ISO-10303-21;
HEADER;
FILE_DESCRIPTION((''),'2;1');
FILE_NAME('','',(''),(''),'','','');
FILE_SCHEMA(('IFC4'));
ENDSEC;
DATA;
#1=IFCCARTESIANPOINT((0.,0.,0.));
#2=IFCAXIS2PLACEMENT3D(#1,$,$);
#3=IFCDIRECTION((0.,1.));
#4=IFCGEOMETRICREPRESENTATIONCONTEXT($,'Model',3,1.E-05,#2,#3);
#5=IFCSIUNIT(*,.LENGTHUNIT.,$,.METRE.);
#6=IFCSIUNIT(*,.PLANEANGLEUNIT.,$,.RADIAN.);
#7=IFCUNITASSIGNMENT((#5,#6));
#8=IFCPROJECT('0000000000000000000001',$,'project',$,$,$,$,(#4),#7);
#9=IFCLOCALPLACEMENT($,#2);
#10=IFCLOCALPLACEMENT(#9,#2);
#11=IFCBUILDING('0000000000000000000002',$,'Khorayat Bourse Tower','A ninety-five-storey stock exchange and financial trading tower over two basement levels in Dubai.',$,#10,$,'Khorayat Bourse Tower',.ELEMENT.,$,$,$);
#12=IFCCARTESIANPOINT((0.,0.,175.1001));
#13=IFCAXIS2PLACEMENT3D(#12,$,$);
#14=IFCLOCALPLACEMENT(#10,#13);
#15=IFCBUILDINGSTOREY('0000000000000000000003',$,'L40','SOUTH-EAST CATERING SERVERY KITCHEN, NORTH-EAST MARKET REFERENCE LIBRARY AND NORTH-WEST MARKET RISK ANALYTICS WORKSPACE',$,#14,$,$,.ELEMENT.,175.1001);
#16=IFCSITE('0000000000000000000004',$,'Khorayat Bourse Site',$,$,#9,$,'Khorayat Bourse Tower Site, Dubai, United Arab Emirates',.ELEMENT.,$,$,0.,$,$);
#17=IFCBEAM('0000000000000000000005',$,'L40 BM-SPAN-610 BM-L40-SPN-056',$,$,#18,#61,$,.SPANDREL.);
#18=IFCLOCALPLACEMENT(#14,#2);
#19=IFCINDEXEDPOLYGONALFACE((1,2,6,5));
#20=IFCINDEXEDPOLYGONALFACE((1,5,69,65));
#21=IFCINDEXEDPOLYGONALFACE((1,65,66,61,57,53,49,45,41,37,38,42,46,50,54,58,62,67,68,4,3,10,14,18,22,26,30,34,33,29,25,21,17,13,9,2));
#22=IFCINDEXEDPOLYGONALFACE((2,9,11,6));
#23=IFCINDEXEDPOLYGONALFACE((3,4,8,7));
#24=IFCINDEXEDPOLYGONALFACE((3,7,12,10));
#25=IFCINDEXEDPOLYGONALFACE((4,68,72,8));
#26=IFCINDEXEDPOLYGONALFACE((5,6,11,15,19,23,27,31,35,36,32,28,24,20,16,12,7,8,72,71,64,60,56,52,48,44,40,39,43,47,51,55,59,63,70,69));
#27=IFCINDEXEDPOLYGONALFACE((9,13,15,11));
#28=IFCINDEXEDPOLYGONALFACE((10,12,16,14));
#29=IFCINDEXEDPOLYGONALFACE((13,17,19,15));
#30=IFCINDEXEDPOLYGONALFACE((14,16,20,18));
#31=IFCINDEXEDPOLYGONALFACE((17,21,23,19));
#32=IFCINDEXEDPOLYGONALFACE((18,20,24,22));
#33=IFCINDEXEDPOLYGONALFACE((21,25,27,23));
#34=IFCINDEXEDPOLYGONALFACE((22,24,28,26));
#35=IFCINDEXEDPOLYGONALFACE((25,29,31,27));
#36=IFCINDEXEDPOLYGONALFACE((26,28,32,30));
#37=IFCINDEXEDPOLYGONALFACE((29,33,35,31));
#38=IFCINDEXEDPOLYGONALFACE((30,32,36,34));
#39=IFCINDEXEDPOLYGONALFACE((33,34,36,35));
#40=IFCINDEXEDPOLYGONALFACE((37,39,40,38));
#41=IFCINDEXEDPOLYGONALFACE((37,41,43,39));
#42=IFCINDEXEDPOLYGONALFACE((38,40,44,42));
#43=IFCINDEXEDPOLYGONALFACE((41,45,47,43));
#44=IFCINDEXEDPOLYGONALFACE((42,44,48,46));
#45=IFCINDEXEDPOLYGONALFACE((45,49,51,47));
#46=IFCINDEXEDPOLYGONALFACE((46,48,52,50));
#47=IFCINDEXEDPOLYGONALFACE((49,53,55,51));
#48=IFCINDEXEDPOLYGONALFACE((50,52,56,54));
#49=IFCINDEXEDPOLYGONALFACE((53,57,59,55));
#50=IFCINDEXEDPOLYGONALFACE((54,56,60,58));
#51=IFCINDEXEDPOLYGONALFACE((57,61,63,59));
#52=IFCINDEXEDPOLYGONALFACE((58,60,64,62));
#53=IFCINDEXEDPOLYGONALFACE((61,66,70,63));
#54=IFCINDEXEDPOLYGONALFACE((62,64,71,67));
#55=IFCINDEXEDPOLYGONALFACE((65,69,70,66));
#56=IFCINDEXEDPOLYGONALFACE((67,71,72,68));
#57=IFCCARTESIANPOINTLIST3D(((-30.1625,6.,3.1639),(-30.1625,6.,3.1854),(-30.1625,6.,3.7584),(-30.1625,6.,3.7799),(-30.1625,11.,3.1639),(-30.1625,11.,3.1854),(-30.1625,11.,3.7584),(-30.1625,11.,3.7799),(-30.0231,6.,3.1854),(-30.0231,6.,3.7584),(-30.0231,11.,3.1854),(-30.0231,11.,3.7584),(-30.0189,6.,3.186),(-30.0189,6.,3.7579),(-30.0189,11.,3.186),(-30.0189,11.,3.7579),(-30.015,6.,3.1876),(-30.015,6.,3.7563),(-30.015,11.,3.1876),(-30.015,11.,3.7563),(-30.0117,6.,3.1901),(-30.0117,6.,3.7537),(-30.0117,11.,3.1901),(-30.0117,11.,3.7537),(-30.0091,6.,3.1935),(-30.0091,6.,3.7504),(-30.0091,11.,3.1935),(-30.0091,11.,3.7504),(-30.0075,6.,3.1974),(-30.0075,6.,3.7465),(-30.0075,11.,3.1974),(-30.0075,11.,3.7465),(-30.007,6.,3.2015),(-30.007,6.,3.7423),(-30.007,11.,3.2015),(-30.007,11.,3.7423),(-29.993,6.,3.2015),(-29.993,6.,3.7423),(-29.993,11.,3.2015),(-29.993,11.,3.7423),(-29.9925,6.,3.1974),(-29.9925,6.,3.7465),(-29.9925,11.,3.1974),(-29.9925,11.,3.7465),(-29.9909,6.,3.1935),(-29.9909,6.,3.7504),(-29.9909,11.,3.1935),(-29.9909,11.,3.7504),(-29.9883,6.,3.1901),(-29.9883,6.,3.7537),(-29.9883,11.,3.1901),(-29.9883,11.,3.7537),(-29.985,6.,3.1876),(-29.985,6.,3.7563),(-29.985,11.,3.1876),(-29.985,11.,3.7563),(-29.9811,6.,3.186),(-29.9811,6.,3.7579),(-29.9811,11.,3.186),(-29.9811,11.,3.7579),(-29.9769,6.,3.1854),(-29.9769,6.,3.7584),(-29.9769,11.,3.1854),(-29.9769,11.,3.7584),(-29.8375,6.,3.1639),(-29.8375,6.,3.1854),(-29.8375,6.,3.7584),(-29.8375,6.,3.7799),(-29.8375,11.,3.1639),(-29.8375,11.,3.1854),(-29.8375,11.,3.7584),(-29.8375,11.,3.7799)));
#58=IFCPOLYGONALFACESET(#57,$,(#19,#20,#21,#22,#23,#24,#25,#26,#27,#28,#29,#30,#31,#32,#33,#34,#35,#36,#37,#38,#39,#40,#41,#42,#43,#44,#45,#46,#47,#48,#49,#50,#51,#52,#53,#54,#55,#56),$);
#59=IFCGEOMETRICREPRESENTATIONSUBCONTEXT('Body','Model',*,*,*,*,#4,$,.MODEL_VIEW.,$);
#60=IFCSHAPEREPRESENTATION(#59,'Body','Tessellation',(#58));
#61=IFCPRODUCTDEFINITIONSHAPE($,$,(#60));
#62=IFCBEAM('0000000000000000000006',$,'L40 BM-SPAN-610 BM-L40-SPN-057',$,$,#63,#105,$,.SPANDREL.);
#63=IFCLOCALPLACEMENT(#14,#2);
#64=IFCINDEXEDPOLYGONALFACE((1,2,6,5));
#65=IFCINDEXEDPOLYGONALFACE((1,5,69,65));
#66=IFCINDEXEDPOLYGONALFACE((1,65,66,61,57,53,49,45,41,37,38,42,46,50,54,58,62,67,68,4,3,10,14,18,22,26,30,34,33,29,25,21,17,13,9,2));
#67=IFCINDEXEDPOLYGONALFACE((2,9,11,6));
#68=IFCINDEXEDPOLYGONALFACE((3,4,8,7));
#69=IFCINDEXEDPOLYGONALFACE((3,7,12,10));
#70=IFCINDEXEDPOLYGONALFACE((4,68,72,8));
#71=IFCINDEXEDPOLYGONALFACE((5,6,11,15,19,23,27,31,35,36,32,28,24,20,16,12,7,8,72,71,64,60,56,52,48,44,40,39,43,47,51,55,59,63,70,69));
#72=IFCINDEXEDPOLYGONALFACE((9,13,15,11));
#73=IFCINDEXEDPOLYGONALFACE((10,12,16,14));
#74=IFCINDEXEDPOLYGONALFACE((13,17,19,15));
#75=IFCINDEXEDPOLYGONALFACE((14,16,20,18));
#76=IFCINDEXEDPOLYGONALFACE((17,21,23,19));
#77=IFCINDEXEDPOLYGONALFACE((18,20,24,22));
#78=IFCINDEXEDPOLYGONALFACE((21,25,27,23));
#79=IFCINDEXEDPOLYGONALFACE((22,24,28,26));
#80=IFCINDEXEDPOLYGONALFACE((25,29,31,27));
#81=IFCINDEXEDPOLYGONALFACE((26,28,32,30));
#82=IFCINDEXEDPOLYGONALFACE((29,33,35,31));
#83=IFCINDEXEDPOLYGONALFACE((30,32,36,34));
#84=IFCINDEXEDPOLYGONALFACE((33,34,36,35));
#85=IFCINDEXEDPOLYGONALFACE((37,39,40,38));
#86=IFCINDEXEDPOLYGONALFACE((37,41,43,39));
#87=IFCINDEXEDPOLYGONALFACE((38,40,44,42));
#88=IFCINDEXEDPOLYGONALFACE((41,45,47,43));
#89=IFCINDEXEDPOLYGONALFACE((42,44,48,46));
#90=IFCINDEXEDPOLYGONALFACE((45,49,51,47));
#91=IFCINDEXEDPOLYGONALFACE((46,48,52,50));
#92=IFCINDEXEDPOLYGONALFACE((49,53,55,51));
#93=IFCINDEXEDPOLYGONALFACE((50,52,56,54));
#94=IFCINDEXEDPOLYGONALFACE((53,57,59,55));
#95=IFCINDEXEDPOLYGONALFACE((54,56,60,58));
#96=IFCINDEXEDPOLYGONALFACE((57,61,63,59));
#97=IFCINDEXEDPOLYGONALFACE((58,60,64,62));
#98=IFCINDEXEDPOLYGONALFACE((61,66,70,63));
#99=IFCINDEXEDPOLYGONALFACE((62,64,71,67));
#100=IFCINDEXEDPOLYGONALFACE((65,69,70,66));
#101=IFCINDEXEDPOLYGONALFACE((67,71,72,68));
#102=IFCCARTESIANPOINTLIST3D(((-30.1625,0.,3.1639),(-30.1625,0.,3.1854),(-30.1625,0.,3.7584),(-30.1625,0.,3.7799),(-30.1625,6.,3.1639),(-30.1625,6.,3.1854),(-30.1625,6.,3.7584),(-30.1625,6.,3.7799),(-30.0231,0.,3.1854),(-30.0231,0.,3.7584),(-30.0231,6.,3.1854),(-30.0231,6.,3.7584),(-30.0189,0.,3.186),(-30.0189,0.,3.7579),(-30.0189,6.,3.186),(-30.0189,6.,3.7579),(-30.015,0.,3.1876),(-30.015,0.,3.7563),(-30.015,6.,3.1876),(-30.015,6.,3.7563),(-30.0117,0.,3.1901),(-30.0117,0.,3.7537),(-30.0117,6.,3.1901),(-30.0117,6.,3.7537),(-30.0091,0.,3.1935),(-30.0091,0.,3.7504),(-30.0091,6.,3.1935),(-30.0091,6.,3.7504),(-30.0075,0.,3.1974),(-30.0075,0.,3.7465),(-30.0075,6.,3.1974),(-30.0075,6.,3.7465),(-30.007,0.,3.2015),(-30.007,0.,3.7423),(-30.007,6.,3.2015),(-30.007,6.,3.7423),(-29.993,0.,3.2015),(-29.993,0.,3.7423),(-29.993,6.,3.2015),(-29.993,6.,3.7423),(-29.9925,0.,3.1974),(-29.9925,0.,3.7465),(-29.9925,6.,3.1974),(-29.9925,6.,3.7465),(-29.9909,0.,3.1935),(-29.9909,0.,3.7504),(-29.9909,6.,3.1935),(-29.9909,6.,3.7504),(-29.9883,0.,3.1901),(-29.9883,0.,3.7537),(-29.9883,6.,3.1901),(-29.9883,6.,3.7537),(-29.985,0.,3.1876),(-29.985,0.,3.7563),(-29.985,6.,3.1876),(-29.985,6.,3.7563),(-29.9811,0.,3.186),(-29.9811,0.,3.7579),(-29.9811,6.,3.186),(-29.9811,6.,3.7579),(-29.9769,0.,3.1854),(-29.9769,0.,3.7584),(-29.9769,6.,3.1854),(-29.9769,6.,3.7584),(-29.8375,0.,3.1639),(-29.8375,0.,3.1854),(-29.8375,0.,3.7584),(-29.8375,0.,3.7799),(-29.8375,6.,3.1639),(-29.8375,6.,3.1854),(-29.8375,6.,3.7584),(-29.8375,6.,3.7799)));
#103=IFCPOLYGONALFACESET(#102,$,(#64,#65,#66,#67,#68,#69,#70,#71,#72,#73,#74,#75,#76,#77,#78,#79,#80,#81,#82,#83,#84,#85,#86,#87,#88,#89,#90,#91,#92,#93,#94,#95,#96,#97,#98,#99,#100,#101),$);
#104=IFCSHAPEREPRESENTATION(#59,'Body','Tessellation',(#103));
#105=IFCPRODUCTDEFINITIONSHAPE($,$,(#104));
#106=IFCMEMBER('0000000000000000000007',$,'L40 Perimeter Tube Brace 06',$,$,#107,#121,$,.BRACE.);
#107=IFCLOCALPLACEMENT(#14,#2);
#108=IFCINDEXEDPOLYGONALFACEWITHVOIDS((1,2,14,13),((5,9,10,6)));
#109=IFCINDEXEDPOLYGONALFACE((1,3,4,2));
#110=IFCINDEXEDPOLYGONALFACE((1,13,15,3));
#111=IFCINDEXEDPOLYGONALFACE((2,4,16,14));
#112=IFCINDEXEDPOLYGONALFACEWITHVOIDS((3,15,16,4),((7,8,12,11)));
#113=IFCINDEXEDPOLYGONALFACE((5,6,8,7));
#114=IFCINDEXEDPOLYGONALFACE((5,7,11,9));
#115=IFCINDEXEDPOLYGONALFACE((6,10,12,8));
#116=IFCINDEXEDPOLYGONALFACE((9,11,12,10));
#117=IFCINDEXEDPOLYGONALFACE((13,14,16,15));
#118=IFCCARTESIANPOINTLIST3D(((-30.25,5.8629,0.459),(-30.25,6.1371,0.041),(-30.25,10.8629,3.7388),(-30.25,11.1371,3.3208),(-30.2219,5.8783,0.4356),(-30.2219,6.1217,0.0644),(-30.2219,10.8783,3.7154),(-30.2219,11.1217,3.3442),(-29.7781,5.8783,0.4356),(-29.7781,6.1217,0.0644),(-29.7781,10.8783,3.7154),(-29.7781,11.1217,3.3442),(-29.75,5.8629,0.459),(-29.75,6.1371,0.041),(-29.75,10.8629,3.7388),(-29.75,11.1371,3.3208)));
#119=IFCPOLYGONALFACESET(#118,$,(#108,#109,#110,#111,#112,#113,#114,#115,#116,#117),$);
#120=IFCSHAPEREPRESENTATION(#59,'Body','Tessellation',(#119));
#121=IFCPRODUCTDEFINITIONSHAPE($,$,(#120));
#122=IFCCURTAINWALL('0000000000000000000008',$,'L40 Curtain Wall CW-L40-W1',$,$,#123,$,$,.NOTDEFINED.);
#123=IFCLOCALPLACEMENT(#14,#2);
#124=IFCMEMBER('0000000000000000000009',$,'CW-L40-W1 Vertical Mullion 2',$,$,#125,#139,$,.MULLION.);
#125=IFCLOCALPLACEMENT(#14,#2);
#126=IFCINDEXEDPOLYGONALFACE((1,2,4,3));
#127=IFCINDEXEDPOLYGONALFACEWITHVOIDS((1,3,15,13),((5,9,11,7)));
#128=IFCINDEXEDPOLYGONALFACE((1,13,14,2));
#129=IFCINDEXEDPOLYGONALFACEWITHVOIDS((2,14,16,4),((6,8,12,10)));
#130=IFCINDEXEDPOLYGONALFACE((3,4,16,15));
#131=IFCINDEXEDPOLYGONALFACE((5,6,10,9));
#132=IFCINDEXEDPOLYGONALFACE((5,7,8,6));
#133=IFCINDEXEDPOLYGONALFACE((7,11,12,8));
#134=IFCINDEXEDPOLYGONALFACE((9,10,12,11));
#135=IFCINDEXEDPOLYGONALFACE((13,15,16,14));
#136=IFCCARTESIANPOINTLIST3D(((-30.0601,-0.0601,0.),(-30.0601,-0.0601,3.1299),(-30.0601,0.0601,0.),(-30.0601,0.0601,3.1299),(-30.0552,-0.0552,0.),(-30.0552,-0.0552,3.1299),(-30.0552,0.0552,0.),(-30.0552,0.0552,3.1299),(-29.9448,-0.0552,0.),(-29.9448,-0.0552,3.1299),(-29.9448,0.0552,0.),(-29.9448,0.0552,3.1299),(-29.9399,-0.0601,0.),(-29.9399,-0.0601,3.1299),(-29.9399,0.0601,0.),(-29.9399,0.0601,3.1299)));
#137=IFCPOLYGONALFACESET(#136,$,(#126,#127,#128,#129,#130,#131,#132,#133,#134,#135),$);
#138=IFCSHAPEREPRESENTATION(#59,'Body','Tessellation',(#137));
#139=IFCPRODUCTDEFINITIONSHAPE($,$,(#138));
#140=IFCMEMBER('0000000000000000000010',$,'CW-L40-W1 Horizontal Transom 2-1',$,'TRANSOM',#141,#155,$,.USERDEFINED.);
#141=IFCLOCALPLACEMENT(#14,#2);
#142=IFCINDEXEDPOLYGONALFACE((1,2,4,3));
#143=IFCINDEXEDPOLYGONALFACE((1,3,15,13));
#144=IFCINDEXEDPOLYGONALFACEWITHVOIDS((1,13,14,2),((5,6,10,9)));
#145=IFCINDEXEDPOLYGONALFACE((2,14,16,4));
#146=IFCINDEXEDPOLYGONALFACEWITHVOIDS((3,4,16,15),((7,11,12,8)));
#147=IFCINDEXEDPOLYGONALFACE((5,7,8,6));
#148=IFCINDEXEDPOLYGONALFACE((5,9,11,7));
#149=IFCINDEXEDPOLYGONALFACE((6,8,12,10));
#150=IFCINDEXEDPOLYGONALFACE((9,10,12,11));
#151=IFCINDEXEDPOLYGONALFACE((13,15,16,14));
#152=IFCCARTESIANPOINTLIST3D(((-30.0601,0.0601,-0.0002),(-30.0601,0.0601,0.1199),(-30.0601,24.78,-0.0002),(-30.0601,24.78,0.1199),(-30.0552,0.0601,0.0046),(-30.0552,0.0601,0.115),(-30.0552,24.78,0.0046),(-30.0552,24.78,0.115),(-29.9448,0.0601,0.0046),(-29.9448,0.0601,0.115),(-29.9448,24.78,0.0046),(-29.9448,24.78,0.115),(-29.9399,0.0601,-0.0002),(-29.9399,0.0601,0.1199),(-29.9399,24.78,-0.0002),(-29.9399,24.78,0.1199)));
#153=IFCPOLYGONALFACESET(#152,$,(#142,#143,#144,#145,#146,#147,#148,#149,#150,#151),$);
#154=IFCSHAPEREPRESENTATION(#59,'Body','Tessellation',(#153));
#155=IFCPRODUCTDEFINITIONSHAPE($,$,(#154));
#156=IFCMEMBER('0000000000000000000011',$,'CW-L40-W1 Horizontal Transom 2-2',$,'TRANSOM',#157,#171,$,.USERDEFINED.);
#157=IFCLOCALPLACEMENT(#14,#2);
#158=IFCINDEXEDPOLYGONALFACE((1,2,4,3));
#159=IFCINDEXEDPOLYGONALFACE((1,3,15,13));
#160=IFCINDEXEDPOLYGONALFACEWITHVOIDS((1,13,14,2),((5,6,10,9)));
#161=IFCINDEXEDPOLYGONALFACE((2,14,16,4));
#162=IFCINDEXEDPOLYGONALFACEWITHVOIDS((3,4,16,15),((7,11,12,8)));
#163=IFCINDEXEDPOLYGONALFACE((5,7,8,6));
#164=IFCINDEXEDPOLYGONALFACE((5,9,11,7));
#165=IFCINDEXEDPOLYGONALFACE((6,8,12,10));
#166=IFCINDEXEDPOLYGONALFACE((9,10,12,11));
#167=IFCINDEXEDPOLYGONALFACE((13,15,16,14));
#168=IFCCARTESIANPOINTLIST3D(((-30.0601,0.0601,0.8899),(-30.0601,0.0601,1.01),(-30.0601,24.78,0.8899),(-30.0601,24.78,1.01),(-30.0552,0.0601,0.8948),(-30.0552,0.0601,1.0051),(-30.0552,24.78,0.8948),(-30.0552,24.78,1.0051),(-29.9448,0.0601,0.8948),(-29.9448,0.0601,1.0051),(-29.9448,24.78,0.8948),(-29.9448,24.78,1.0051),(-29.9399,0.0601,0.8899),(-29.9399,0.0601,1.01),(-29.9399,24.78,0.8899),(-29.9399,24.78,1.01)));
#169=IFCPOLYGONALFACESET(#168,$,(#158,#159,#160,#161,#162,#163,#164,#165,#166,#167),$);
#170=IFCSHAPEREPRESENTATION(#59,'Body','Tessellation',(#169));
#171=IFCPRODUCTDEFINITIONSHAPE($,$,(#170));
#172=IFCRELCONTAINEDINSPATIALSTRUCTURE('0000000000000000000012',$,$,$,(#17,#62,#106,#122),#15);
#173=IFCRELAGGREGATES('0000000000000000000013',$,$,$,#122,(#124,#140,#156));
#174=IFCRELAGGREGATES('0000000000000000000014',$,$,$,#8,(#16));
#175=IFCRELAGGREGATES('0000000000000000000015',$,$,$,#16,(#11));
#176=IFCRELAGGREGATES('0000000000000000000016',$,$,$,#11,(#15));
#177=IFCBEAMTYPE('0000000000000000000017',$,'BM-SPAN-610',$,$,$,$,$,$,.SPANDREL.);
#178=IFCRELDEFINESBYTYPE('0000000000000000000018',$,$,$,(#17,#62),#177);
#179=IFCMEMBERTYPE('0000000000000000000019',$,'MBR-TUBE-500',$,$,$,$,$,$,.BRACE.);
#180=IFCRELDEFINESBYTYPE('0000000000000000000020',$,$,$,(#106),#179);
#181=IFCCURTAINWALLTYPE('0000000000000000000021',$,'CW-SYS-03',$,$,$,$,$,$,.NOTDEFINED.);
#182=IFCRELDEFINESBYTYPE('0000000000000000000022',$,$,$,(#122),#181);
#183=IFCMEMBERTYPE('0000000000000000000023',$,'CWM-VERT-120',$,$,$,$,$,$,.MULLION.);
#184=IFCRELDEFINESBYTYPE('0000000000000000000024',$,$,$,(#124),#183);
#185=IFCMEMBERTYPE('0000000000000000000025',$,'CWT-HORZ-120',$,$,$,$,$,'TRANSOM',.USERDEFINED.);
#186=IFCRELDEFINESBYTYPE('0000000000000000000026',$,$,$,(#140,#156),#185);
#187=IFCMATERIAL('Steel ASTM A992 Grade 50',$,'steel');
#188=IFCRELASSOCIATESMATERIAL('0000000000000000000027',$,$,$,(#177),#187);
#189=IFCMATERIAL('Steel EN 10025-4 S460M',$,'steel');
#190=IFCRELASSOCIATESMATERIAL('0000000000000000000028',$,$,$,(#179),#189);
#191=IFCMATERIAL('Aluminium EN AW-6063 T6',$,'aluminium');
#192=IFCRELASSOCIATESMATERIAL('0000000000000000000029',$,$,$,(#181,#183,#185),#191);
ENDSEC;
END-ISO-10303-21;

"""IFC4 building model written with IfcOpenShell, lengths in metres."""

from ifc_helpers import new_model, si_unit, direction, frame, origin, origin_2d, place, context, subcontext, project, spatial, hollow_rectangle, i_section, extrude, source, transform, mapped, material, material_profile, profile_set, type_object, element, aggregate, save


model = new_model("IFC4")

# Units and contexts
model_context = context("Model", 3, precision=1e-05, world=origin(), true_north=direction((0.0, 1.0)))
body_context = subcontext(model_context, "Body", "Model", "MODEL_VIEW")
ifc_project = project(units=[si_unit("LENGTHUNIT", "METRE"), si_unit("PLANEANGLEUNIT", "RADIAN")], contexts=[model_context])

# Site, building, storey
site_placement = place(None, origin())
site = spatial("IfcSite", under=ifc_project, at=site_placement, Name="Khorayat Bourse Site", LongName="Khorayat Bourse Tower Site, Dubai, United Arab Emirates", CompositionType="ELEMENT", RefElevation=0.0)
building_placement = place(site_placement, origin())
building = spatial("IfcBuilding", under=site, at=building_placement, Name="Khorayat Bourse Tower", Description="A ninety-five-storey stock exchange and financial trading tower over two basement levels in Dubai.", LongName="Khorayat Bourse Tower", CompositionType="ELEMENT")
storey_placement = place(building_placement, frame((0.0, 0.0, 175.1001)))
storey = spatial("IfcBuildingStorey", under=building, at=storey_placement, Name="L40", Description="SOUTH-EAST CATERING SERVERY KITCHEN, NORTH-EAST MARKET REFERENCE LIBRARY AND NORTH-WEST MARKET RISK ANALYTICS WORKSPACE", CompositionType="ELEMENT", Elevation=175.1001)

# Shared definitions
ifc_material_1 = material(Name="Steel EN 10025-4 S460M", Category="steel")

# Beams
ifc_material_2 = material(Name="Steel ASTM A992 Grade 50", Category="steel")
ifc_material_profile_1 = material_profile(ifc_material_2, i_section(OverallWidth=0.325, OverallDepth=0.616, WebThickness=0.0139, FlangeThickness=0.0215, FilletRadius=0.0161, at=origin_2d()), Name="W610X174")
ifc_profile_set_1 = profile_set([ifc_material_profile_1], Name="Steel ASTM A992 Grade 50")
beam_type_1 = type_object("IfcBeamType", Name="BM-SPAN-610", PredefinedType="SPANDREL", material=ifc_profile_set_1)
shared_shape_1 = source(origin(), body_context, "Body", "SweptSolid", [
    extrude(i_section(OverallWidth=0.325, OverallDepth=0.616, WebThickness=0.0139, FlangeThickness=0.0215, FilletRadius=0.0161, at=origin_2d()), origin(), (0.0, 0.0, 1.0), 5.0),
])
beam_1_placement = place(storey_placement, frame((-30.0, 6.0, 3.4719), z_axis=(0.0, 1.0, 0.0), x_axis=(-1.0, 0.0, 0.0)))
element("IfcBeam", 1, at=beam_1_placement, inside=storey, type_object=beam_type_1, Name="L40 BM-SPAN-610 BM-L40-SPN-056", PredefinedType="SPANDREL", context=body_context, shape_type="MappedRepresentation", body=[
    mapped(shared_shape_1, transform((0.0, 0.0, 0.0), scale=1.0)),
])
shared_shape_2 = source(origin(), body_context, "Body", "SweptSolid", [
    extrude(i_section(OverallWidth=0.325, OverallDepth=0.616, WebThickness=0.0139, FlangeThickness=0.0215, FilletRadius=0.0161, at=origin_2d()), origin(), (0.0, 0.0, 1.0), 6.0),
])
beam_2_placement = place(storey_placement, frame((-30.0, 0.0, 3.4719), z_axis=(0.0, 1.0, 0.0), x_axis=(-1.0, 0.0, 0.0)))
element("IfcBeam", 2, at=beam_2_placement, inside=storey, type_object=beam_type_1, Name="L40 BM-SPAN-610 BM-L40-SPN-057", PredefinedType="SPANDREL", context=body_context, shape_type="MappedRepresentation", body=[
    mapped(shared_shape_2, transform((0.0, 0.0, 0.0), scale=1.0)),
])

# Member
ifc_material_profile_2 = material_profile(ifc_material_1, hollow_rectangle(XDim=0.5, YDim=0.5, WallThickness=0.0281, at=origin_2d()), Name="HSS 500x500x28")
ifc_profile_set_2 = profile_set([ifc_material_profile_2], Name="Steel EN 10025-4 S460M")
member_type_1 = type_object("IfcMemberType", Name="MBR-TUBE-500", PredefinedType="BRACE", material=ifc_profile_set_2)
shared_shape_3 = source(origin(), body_context, "Body", "SweptSolid", [
    extrude(hollow_rectangle(XDim=0.5, YDim=0.5, WallThickness=0.0281, at=origin_2d()), origin(), (0.0, 0.0, 1.0), 5.9797),
])
member_1_placement = place(storey_placement, frame((-30.0, 6.0, 0.25), z_axis=(0.0, 0.83616, 0.548485), x_axis=(-1.0, 0.0, 0.0)))
element("IfcMember", 3, at=member_1_placement, inside=storey, type_object=member_type_1, Name="L40 Perimeter Tube Brace 06", PredefinedType="BRACE", context=body_context, shape_type="MappedRepresentation", body=[
    mapped(shared_shape_3, transform((0.0, 0.0, 0.0), scale=1.0)),
])

# Curtain wall, members
ifc_material_3 = material(Name="Aluminium EN AW-6063 T6", Category="aluminium")
curtain_wall_type = type_object("IfcCurtainWallType", Name="CW-SYS-03", PredefinedType="NOTDEFINED", material=ifc_material_3)
curtain_wall_placement = place(storey_placement, origin())
curtain_wall = element("IfcCurtainWall", 4, at=curtain_wall_placement, inside=storey, type_object=curtain_wall_type, Name="L40 Curtain Wall CW-L40-W1", PredefinedType="NOTDEFINED")
ifc_material_profile_3 = material_profile(ifc_material_3, hollow_rectangle(XDim=0.1201, YDim=0.1201, WallThickness=0.0049, at=origin_2d()), Name="ALU 120x120x5")
ifc_profile_set_3 = profile_set([ifc_material_profile_3], Name="Aluminium EN AW-6063 T6")
member_type_2 = type_object("IfcMemberType", Name="CWM-VERT-120", PredefinedType="MULLION", material=ifc_profile_set_3)
shared_shape_4 = source(origin(), body_context, "Body", "SweptSolid", [
    extrude(hollow_rectangle(XDim=0.1201, YDim=0.1201, WallThickness=0.0049, at=origin_2d()), origin(), (0.0, 0.0, 1.0), 3.1299),
])
member_2_placement = place(storey_placement, frame((-30.0, 0.0, 0.0), z_axis=(0.0, 0.0, 1.0), x_axis=(-1.0, 0.0, 0.0)))
member_2 = element("IfcMember", 5, at=member_2_placement, type_object=member_type_2, Name="CW-L40-W1 Vertical Mullion 2", PredefinedType="MULLION", context=body_context, shape_type="MappedRepresentation", body=[
    mapped(shared_shape_4, transform((0.0, 0.0, 0.0), scale=1.0)),
])
ifc_material_profile_4 = material_profile(ifc_material_3, hollow_rectangle(XDim=0.1201, YDim=0.1201, WallThickness=0.0049, at=origin_2d()), Name="ALU 120x120x5")
ifc_profile_set_4 = profile_set([ifc_material_profile_4], Name="Aluminium EN AW-6063 T6")
member_type_3 = type_object("IfcMemberType", Name="CWT-HORZ-120", ElementType="TRANSOM", PredefinedType="USERDEFINED", material=ifc_profile_set_4)
shared_shape_5 = source(origin(), body_context, "Body", "SweptSolid", [
    extrude(hollow_rectangle(XDim=0.1201, YDim=0.1201, WallThickness=0.0049, at=origin_2d()), origin(), (0.0, 0.0, 1.0), 24.72),
])
member_3_placement = place(storey_placement, frame((-30.0, 0.0601, 0.0598), z_axis=(0.0, 1.0, 0.0), x_axis=(-1.0, 0.0, 0.0)))
member_3 = element("IfcMember", 6, at=member_3_placement, type_object=member_type_3, Name="CW-L40-W1 Horizontal Transom 2-1", ObjectType="TRANSOM", PredefinedType="USERDEFINED", context=body_context, shape_type="MappedRepresentation", body=[
    mapped(shared_shape_5, transform((0.0, 0.0, 0.0), scale=1.0)),
])
member_4_placement = place(storey_placement, frame((-30.0, 0.0601, 0.95), z_axis=(0.0, 1.0, 0.0), x_axis=(-1.0, 0.0, 0.0)))
member_4 = element("IfcMember", 7, at=member_4_placement, type_object=member_type_3, Name="CW-L40-W1 Horizontal Transom 2-2", ObjectType="TRANSOM", PredefinedType="USERDEFINED", context=body_context, shape_type="MappedRepresentation", body=[
    mapped(shared_shape_5, transform((0.0, 0.0, 0.0), scale=1.0)),
])
aggregate(curtain_wall, [member_2, member_3, member_4])

save(model, "model.ifc")
